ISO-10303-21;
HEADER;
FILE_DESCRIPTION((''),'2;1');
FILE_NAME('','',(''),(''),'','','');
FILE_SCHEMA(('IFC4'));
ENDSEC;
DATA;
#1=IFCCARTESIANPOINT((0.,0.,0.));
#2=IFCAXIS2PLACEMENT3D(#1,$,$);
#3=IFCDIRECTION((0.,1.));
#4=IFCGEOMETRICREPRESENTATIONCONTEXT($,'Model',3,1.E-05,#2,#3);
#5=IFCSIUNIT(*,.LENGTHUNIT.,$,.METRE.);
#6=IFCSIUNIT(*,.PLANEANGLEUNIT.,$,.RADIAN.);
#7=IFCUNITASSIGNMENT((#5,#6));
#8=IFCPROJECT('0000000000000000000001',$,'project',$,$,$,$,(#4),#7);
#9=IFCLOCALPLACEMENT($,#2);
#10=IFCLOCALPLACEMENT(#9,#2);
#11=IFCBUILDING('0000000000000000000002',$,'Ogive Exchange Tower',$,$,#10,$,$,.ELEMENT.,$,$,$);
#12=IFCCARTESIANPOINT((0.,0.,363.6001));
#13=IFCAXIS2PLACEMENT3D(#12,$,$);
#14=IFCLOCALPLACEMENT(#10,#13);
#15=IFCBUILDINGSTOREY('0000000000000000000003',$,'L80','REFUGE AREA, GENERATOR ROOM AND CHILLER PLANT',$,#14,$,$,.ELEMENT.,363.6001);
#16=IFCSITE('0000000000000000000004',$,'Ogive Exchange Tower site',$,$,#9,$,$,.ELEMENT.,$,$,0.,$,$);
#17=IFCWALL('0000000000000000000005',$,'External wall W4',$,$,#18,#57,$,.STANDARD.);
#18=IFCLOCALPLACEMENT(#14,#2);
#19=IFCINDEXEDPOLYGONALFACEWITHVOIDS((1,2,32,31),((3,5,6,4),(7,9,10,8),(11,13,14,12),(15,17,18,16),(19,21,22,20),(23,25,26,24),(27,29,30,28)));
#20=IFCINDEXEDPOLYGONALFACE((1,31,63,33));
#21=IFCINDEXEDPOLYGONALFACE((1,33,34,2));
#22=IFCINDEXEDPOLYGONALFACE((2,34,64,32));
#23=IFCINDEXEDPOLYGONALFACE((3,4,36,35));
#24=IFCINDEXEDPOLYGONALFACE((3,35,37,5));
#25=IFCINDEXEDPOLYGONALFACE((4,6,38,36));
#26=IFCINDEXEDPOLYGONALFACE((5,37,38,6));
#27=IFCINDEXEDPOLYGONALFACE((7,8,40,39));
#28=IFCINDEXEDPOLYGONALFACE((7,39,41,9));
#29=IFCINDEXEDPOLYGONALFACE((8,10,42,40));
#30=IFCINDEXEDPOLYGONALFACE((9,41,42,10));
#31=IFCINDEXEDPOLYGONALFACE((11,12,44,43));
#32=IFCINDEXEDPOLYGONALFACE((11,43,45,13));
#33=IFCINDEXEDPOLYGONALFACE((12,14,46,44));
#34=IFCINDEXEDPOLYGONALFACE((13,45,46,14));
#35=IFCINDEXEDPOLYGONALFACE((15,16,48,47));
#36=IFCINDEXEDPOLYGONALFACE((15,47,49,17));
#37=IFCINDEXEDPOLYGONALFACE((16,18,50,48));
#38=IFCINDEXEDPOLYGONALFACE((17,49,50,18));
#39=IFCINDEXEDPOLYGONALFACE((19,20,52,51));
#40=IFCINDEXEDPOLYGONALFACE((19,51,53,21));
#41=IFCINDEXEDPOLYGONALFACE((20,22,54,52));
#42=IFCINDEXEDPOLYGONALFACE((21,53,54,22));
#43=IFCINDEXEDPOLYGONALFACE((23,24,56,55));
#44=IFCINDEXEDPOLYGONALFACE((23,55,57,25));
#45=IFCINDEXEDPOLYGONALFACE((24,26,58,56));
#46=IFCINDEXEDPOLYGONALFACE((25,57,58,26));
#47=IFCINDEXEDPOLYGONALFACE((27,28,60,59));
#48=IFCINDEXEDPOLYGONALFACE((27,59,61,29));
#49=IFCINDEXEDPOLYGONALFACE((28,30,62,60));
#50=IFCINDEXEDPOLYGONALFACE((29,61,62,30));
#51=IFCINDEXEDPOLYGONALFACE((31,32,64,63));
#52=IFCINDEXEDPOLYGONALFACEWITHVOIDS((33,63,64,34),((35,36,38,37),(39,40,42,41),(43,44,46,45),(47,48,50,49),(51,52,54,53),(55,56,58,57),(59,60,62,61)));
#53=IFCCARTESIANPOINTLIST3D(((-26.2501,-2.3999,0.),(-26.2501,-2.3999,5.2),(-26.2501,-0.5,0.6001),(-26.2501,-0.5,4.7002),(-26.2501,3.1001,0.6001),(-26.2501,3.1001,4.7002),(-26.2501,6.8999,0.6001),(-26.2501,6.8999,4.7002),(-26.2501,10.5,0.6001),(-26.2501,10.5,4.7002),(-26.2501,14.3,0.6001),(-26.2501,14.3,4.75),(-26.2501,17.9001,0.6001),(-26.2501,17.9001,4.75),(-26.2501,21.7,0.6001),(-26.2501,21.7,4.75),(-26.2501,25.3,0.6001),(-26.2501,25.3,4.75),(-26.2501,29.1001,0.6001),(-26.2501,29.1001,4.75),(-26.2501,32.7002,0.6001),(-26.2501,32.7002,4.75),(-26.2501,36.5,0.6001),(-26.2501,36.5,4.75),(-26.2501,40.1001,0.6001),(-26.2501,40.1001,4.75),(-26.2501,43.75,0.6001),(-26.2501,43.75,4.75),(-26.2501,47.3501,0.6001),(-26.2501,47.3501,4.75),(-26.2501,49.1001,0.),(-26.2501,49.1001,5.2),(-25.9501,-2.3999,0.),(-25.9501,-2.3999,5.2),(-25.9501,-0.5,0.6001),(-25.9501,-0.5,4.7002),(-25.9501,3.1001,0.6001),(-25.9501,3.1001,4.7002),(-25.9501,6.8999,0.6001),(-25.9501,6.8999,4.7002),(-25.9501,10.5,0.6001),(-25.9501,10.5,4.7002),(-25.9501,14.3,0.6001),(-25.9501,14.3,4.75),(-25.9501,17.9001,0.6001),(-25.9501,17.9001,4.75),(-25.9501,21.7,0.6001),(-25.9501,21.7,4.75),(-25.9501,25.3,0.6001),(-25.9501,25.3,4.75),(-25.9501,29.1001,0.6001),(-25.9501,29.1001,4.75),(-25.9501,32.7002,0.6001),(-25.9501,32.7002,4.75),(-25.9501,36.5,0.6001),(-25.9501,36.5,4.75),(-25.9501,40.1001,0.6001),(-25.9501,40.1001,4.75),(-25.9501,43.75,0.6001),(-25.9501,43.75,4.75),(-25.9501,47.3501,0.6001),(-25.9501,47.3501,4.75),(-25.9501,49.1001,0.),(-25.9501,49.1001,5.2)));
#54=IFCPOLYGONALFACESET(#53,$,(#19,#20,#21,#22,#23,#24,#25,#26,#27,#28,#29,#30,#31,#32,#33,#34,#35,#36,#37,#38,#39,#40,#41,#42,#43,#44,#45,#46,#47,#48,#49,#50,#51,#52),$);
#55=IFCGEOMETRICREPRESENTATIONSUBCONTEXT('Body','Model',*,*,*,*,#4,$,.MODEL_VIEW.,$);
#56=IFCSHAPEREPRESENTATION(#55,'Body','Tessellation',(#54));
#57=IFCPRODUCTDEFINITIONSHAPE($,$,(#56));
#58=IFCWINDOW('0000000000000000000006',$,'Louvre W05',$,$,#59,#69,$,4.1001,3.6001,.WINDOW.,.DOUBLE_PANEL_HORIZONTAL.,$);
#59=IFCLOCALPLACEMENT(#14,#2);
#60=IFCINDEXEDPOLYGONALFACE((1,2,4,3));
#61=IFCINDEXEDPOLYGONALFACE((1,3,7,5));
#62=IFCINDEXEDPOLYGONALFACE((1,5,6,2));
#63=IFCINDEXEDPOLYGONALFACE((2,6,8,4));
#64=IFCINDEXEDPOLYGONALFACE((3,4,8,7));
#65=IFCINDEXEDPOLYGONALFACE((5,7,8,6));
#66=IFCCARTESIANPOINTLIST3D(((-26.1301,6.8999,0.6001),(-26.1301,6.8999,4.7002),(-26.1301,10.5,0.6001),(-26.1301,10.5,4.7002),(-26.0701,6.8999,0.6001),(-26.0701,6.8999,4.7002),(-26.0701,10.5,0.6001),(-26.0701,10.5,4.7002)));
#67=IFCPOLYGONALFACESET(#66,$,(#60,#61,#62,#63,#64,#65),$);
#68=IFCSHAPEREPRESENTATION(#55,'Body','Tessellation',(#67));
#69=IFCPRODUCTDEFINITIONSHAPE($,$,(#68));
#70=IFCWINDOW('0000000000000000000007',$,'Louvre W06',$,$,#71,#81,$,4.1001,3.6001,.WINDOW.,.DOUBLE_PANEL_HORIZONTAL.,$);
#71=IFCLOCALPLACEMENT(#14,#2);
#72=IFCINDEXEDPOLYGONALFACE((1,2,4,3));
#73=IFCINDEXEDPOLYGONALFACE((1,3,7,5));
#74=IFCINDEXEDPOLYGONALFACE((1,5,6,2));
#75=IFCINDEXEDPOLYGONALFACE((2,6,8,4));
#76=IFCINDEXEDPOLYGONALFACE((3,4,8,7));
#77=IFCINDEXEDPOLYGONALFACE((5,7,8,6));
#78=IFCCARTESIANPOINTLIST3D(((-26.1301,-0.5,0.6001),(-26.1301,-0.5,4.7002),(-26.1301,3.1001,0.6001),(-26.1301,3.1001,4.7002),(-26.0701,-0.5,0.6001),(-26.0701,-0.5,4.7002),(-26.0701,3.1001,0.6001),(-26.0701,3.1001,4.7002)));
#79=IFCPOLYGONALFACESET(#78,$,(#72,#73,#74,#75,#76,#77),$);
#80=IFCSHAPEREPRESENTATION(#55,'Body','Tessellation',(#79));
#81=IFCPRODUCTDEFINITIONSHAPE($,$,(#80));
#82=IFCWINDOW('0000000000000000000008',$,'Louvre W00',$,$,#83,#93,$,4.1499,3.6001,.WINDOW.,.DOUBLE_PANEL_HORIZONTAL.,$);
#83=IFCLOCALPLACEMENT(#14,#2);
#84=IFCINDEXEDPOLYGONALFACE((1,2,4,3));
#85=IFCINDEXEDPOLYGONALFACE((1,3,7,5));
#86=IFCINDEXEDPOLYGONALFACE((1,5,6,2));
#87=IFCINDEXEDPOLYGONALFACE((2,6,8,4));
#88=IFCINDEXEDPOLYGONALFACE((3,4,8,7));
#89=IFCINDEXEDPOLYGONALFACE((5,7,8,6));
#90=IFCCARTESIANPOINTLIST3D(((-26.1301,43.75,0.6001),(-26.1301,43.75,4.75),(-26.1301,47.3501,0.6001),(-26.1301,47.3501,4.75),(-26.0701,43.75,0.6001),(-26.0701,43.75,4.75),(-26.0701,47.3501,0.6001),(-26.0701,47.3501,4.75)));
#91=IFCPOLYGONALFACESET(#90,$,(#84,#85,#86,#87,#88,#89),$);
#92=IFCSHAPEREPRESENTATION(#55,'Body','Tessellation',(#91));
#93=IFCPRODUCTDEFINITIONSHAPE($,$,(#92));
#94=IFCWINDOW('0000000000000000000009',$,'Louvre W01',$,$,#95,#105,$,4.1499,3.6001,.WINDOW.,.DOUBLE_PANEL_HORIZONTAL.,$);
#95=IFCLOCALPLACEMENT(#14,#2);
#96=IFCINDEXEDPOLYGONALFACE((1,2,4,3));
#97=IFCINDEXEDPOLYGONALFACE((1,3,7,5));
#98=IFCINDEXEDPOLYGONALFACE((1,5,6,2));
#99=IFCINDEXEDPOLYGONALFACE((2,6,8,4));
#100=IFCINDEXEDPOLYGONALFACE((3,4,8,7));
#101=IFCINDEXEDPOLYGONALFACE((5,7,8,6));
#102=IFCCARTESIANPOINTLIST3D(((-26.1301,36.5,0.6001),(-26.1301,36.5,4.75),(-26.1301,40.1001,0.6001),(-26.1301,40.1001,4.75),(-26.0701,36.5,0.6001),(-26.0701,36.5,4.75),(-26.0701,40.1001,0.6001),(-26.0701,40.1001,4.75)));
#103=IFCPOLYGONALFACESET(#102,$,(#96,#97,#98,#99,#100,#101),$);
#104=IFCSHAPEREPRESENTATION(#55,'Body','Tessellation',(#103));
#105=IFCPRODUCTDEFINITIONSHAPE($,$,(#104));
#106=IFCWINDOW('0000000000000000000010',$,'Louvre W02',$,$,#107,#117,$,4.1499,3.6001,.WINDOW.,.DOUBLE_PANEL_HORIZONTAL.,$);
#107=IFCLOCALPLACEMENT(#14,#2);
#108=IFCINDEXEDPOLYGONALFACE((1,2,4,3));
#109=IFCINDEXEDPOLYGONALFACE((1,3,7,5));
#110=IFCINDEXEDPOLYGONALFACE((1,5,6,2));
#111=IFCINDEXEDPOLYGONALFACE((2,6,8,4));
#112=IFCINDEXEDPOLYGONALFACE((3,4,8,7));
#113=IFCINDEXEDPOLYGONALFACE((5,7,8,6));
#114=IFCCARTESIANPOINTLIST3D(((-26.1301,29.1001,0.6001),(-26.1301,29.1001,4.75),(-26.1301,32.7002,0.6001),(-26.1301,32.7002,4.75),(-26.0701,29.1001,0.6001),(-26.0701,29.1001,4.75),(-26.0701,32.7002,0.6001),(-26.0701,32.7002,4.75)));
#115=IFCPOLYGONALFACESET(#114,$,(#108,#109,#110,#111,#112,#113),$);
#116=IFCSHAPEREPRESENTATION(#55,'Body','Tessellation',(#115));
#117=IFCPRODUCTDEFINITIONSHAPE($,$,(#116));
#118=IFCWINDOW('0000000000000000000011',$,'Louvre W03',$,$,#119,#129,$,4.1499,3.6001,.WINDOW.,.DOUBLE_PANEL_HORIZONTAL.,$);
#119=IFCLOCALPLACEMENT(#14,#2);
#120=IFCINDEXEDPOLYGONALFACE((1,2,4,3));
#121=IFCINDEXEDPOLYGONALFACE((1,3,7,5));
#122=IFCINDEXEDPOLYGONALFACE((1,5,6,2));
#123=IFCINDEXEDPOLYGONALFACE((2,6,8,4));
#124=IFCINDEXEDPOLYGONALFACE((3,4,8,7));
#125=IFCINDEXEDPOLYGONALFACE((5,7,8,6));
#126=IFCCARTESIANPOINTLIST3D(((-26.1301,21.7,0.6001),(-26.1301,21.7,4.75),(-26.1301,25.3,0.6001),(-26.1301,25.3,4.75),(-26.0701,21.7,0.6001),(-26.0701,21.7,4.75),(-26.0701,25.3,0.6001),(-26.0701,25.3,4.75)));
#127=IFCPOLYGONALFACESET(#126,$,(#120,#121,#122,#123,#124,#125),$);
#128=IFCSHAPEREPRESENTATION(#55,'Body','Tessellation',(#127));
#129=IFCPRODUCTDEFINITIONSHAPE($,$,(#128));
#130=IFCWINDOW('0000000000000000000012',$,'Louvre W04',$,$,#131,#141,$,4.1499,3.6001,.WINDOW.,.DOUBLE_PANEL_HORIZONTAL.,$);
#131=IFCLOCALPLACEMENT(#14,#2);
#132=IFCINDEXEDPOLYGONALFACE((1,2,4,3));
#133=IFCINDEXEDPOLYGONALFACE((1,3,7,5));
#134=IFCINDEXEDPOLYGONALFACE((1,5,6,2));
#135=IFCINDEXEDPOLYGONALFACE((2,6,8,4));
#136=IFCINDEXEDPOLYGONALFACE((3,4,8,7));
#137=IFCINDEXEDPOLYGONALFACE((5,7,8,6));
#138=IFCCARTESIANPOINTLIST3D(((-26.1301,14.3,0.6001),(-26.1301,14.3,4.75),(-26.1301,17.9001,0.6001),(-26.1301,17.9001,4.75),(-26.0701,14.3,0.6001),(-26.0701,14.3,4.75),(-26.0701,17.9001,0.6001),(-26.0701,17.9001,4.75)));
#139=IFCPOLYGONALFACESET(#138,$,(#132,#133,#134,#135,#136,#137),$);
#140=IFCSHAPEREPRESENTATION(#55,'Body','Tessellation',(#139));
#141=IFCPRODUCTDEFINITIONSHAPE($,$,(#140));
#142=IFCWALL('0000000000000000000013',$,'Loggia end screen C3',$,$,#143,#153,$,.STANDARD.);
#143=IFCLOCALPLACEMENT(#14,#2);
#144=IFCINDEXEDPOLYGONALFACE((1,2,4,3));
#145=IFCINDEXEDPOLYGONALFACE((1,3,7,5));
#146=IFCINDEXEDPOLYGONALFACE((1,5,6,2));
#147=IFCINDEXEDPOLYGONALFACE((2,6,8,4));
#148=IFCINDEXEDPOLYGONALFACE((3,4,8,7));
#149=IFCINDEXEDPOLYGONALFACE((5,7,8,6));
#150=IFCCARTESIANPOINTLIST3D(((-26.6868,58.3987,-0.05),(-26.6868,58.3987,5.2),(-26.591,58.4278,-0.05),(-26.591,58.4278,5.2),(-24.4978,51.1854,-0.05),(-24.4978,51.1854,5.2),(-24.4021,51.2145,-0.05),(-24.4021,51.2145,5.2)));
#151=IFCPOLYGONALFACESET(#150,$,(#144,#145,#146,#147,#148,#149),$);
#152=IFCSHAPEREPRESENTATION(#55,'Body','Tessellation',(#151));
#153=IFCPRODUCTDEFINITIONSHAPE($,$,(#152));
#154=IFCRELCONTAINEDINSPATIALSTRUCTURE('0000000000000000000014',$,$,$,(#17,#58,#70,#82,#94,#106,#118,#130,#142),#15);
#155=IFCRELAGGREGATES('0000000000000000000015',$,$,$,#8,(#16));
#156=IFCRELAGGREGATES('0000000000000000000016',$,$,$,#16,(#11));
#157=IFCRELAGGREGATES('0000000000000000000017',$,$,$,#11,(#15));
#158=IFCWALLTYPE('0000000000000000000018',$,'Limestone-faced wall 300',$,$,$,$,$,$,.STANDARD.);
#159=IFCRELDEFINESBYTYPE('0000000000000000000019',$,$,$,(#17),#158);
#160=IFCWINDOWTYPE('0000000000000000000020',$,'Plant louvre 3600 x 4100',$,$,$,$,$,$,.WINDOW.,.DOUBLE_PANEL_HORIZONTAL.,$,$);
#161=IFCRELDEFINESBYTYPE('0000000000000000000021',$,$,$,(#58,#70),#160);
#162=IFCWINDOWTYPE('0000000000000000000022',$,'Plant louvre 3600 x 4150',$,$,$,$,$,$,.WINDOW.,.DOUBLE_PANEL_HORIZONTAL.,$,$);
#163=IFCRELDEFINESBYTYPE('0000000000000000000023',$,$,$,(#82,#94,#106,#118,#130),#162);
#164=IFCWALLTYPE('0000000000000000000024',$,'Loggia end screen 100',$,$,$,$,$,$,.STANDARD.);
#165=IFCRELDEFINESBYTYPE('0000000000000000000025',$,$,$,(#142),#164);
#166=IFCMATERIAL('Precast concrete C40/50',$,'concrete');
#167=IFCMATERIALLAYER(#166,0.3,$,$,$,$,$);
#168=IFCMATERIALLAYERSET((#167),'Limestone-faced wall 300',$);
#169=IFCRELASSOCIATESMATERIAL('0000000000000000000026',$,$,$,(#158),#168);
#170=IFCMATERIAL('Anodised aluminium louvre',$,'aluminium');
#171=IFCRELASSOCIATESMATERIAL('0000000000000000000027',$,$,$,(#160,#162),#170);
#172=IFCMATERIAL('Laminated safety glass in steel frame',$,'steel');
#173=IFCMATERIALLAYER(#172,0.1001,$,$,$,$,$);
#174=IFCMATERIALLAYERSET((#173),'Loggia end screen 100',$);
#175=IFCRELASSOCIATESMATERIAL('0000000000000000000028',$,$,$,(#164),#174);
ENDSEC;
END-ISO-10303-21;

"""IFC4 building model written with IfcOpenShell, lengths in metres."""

from ifc_helpers import new_model, si_unit, direction, frame, frame_2d, origin, place, context, subcontext, project, spatial, rectangle, extrude, material, layer, layer_set, type_object, element, fill, save


model = new_model("IFC4")

# Units and contexts
model_context = context("Model", 3, precision=1e-05, world=origin(), true_north=direction((0.0, 1.0)))
body_context = subcontext(model_context, "Body", "Model", "MODEL_VIEW")
ifc_project = project(units=[si_unit("LENGTHUNIT", "METRE"), si_unit("PLANEANGLEUNIT", "RADIAN")], contexts=[model_context])

# Site, building, storey
site_placement = place(None, origin())
site = spatial("IfcSite", under=ifc_project, at=site_placement, Name="Ogive Exchange Tower site", CompositionType="ELEMENT", RefElevation=0.0)
building_placement = place(site_placement, origin())
building = spatial("IfcBuilding", under=site, at=building_placement, Name="Ogive Exchange Tower", CompositionType="ELEMENT")
storey_placement = place(building_placement, frame((0.0, 0.0, 363.6001)))
storey = spatial("IfcBuildingStorey", under=building, at=storey_placement, Name="L80", Description="REFUGE AREA, GENERATOR ROOM AND CHILLER PLANT", CompositionType="ELEMENT", Elevation=363.6001)

# Wall, openings, windows
ifc_material_1 = material(Name="Precast concrete C40/50", Category="concrete")
ifc_layer_1 = layer(ifc_material_1, 0.3)
ifc_layer_set_1 = layer_set([ifc_layer_1], Name="Limestone-faced wall 300")
wall_type_1 = type_object("IfcWallType", Name="Limestone-faced wall 300", PredefinedType="STANDARD", material=ifc_layer_set_1)
wall_1_placement = place(storey_placement, frame((-26.1001, 49.1001, 0.0), z_axis=(0.0, 0.0, 1.0), x_axis=(0.0, -1.0, 0.0)))
wall_1 = element("IfcWall", 1, at=wall_1_placement, inside=storey, type_object=wall_type_1, Name="External wall W4", PredefinedType="STANDARD", context=body_context, shape_type="SweptSolid", body=[
    extrude(rectangle(XDim=51.5, YDim=0.3, at=frame_2d((25.75, 0.0))), origin(), (0.0, 0.0, 1.0), 5.2),
])
opening_1_placement = place(wall_1_placement, frame((1.75, 0.0, 0.6001)))
opening_1 = element("IfcOpeningElement", 2, at=opening_1_placement, cuts=wall_1, PredefinedType="OPENING", context=body_context, shape_type="SweptSolid", body=[
    extrude(rectangle(XDim=3.6001, YDim=4.1499, at=frame_2d((1.8, 2.075))), frame((0.0, 0.1599, 0.0), z_axis=(0.0, -1.0, 0.0), x_axis=(1.0, 0.0, 0.0)), (0.0, 0.0, 1.0), 0.3201),
])
opening_2_placement = place(wall_1_placement, frame((9.0, 0.0, 0.6001)))
opening_2 = element("IfcOpeningElement", 3, at=opening_2_placement, cuts=wall_1, PredefinedType="OPENING", context=body_context, shape_type="SweptSolid", body=[
    extrude(rectangle(XDim=3.6001, YDim=4.1499, at=frame_2d((1.8, 2.075))), frame((0.0, 0.1599, 0.0), z_axis=(0.0, -1.0, 0.0), x_axis=(1.0, 0.0, 0.0)), (0.0, 0.0, 1.0), 0.3201),
])
opening_3_placement = place(wall_1_placement, frame((16.3999, 0.0, 0.6001)))
opening_3 = element("IfcOpeningElement", 4, at=opening_3_placement, cuts=wall_1, PredefinedType="OPENING", context=body_context, shape_type="SweptSolid", body=[
    extrude(rectangle(XDim=3.6001, YDim=4.1499, at=frame_2d((1.8, 2.075))), frame((0.0, 0.1599, 0.0), z_axis=(0.0, -1.0, 0.0), x_axis=(1.0, 0.0, 0.0)), (0.0, 0.0, 1.0), 0.3201),
])
opening_4_placement = place(wall_1_placement, frame((23.8, 0.0, 0.6001)))
opening_4 = element("IfcOpeningElement", 5, at=opening_4_placement, cuts=wall_1, PredefinedType="OPENING", context=body_context, shape_type="SweptSolid", body=[
    extrude(rectangle(XDim=3.6001, YDim=4.1499, at=frame_2d((1.8, 2.075))), frame((0.0, 0.1599, 0.0), z_axis=(0.0, -1.0, 0.0), x_axis=(1.0, 0.0, 0.0)), (0.0, 0.0, 1.0), 0.3201),
])
opening_5_placement = place(wall_1_placement, frame((31.2, 0.0, 0.6001)))
opening_5 = element("IfcOpeningElement", 6, at=opening_5_placement, cuts=wall_1, PredefinedType="OPENING", context=body_context, shape_type="SweptSolid", body=[
    extrude(rectangle(XDim=3.6001, YDim=4.1499, at=frame_2d((1.8, 2.075))), frame((0.0, 0.1599, 0.0), z_axis=(0.0, -1.0, 0.0), x_axis=(1.0, 0.0, 0.0)), (0.0, 0.0, 1.0), 0.3201),
])
opening_6_placement = place(wall_1_placement, frame((38.6001, 0.0, 0.6001)))
opening_6 = element("IfcOpeningElement", 7, at=opening_6_placement, cuts=wall_1, PredefinedType="OPENING", context=body_context, shape_type="SweptSolid", body=[
    extrude(rectangle(XDim=3.6001, YDim=4.1001, at=frame_2d((1.8, 2.05))), frame((0.0, 0.1599, 0.0), z_axis=(0.0, -1.0, 0.0), x_axis=(1.0, 0.0, 0.0)), (0.0, 0.0, 1.0), 0.3201),
])
opening_7_placement = place(wall_1_placement, frame((46.0, 0.0, 0.6001)))
opening_7 = element("IfcOpeningElement", 8, at=opening_7_placement, cuts=wall_1, PredefinedType="OPENING", context=body_context, shape_type="SweptSolid", body=[
    extrude(rectangle(XDim=3.6001, YDim=4.1001, at=frame_2d((1.8, 2.05))), frame((0.0, 0.1599, 0.0), z_axis=(0.0, -1.0, 0.0), x_axis=(1.0, 0.0, 0.0)), (0.0, 0.0, 1.0), 0.3201),
])
ifc_material_2 = material(Name="Anodised aluminium louvre", Category="aluminium")
window_type_1 = type_object("IfcWindowType", Name="Plant louvre 3600 x 4100", PartitioningType="DOUBLE_PANEL_HORIZONTAL", PredefinedType="WINDOW", material=ifc_material_2)
window_1_placement = place(opening_6_placement, origin())
window_1 = element("IfcWindow", 9, at=window_1_placement, inside=storey, type_object=window_type_1, Name="Louvre W05", OverallHeight=4.1001, OverallWidth=3.6001, PartitioningType="DOUBLE_PANEL_HORIZONTAL", PredefinedType="WINDOW", context=body_context, shape_type="SweptSolid", body=[
    extrude(rectangle(XDim=3.6001, YDim=4.1001, at=frame_2d((1.8, 2.05))), frame((0.0, 0.03, 0.0), z_axis=(0.0, -1.0, 0.0), x_axis=(1.0, 0.0, 0.0)), (0.0, 0.0, 1.0), 0.0601),
])
fill(opening_6, window_1)
window_2_placement = place(opening_7_placement, origin())
window_2 = element("IfcWindow", 10, at=window_2_placement, inside=storey, type_object=window_type_1, Name="Louvre W06", OverallHeight=4.1001, OverallWidth=3.6001, PartitioningType="DOUBLE_PANEL_HORIZONTAL", PredefinedType="WINDOW", context=body_context, shape_type="SweptSolid", body=[
    extrude(rectangle(XDim=3.6001, YDim=4.1001, at=frame_2d((1.8, 2.05))), frame((0.0, 0.03, 0.0), z_axis=(0.0, -1.0, 0.0), x_axis=(1.0, 0.0, 0.0)), (0.0, 0.0, 1.0), 0.0601),
])
fill(opening_7, window_2)
window_type_2 = type_object("IfcWindowType", Name="Plant louvre 3600 x 4150", PartitioningType="DOUBLE_PANEL_HORIZONTAL", PredefinedType="WINDOW", material=ifc_material_2)
window_3_placement = place(opening_1_placement, origin())
window_3 = element("IfcWindow", 11, at=window_3_placement, inside=storey, type_object=window_type_2, Name="Louvre W00", OverallHeight=4.1499, OverallWidth=3.6001, PartitioningType="DOUBLE_PANEL_HORIZONTAL", PredefinedType="WINDOW", context=body_context, shape_type="SweptSolid", body=[
    extrude(rectangle(XDim=3.6001, YDim=4.1499, at=frame_2d((1.8, 2.075))), frame((0.0, 0.03, 0.0), z_axis=(0.0, -1.0, 0.0), x_axis=(1.0, 0.0, 0.0)), (0.0, 0.0, 1.0), 0.0601),
])
fill(opening_1, window_3)
window_4_placement = place(opening_2_placement, origin())
window_4 = element("IfcWindow", 12, at=window_4_placement, inside=storey, type_object=window_type_2, Name="Louvre W01", OverallHeight=4.1499, OverallWidth=3.6001, PartitioningType="DOUBLE_PANEL_HORIZONTAL", PredefinedType="WINDOW", context=body_context, shape_type="SweptSolid", body=[
    extrude(rectangle(XDim=3.6001, YDim=4.1499, at=frame_2d((1.8, 2.075))), frame((0.0, 0.03, 0.0), z_axis=(0.0, -1.0, 0.0), x_axis=(1.0, 0.0, 0.0)), (0.0, 0.0, 1.0), 0.0601),
])
fill(opening_2, window_4)
window_5_placement = place(opening_3_placement, origin())
window_5 = element("IfcWindow", 13, at=window_5_placement, inside=storey, type_object=window_type_2, Name="Louvre W02", OverallHeight=4.1499, OverallWidth=3.6001, PartitioningType="DOUBLE_PANEL_HORIZONTAL", PredefinedType="WINDOW", context=body_context, shape_type="SweptSolid", body=[
    extrude(rectangle(XDim=3.6001, YDim=4.1499, at=frame_2d((1.8, 2.075))), frame((0.0, 0.03, 0.0), z_axis=(0.0, -1.0, 0.0), x_axis=(1.0, 0.0, 0.0)), (0.0, 0.0, 1.0), 0.0601),
])
fill(opening_3, window_5)
window_6_placement = place(opening_4_placement, origin())
window_6 = element("IfcWindow", 14, at=window_6_placement, inside=storey, type_object=window_type_2, Name="Louvre W03", OverallHeight=4.1499, OverallWidth=3.6001, PartitioningType="DOUBLE_PANEL_HORIZONTAL", PredefinedType="WINDOW", context=body_context, shape_type="SweptSolid", body=[
    extrude(rectangle(XDim=3.6001, YDim=4.1499, at=frame_2d((1.8, 2.075))), frame((0.0, 0.03, 0.0), z_axis=(0.0, -1.0, 0.0), x_axis=(1.0, 0.0, 0.0)), (0.0, 0.0, 1.0), 0.0601),
])
fill(opening_4, window_6)
window_7_placement = place(opening_5_placement, origin())
window_7 = element("IfcWindow", 15, at=window_7_placement, inside=storey, type_object=window_type_2, Name="Louvre W04", OverallHeight=4.1499, OverallWidth=3.6001, PartitioningType="DOUBLE_PANEL_HORIZONTAL", PredefinedType="WINDOW", context=body_context, shape_type="SweptSolid", body=[
    extrude(rectangle(XDim=3.6001, YDim=4.1499, at=frame_2d((1.8, 2.075))), frame((0.0, 0.03, 0.0), z_axis=(0.0, -1.0, 0.0), x_axis=(1.0, 0.0, 0.0)), (0.0, 0.0, 1.0), 0.0601),
])
fill(opening_5, window_7)

# Wall
ifc_material_3 = material(Name="Laminated safety glass in steel frame", Category="steel")
ifc_layer_2 = layer(ifc_material_3, 0.1001)
ifc_layer_set_2 = layer_set([ifc_layer_2], Name="Loggia end screen 100")
wall_type_2 = type_object("IfcWallType", Name="Loggia end screen 100", PredefinedType="STANDARD", material=ifc_layer_set_2)
wall_2_placement = place(storey_placement, frame((-24.45, 51.2, -0.05), z_axis=(0.0, 0.0, 1.0), x_axis=(-0.290383, 0.95691, 0.0)))
element("IfcWall", 16, at=wall_2_placement, inside=storey, type_object=wall_type_2, Name="Loggia end screen C3", PredefinedType="STANDARD", context=body_context, shape_type="SweptSolid", body=[
    extrude(rectangle(XDim=7.5381, YDim=0.1001, at=frame_2d((3.769, 0.0))), origin(), (0.0, 0.0, 1.0), 5.25),
])

save(model, "model.ifc")
